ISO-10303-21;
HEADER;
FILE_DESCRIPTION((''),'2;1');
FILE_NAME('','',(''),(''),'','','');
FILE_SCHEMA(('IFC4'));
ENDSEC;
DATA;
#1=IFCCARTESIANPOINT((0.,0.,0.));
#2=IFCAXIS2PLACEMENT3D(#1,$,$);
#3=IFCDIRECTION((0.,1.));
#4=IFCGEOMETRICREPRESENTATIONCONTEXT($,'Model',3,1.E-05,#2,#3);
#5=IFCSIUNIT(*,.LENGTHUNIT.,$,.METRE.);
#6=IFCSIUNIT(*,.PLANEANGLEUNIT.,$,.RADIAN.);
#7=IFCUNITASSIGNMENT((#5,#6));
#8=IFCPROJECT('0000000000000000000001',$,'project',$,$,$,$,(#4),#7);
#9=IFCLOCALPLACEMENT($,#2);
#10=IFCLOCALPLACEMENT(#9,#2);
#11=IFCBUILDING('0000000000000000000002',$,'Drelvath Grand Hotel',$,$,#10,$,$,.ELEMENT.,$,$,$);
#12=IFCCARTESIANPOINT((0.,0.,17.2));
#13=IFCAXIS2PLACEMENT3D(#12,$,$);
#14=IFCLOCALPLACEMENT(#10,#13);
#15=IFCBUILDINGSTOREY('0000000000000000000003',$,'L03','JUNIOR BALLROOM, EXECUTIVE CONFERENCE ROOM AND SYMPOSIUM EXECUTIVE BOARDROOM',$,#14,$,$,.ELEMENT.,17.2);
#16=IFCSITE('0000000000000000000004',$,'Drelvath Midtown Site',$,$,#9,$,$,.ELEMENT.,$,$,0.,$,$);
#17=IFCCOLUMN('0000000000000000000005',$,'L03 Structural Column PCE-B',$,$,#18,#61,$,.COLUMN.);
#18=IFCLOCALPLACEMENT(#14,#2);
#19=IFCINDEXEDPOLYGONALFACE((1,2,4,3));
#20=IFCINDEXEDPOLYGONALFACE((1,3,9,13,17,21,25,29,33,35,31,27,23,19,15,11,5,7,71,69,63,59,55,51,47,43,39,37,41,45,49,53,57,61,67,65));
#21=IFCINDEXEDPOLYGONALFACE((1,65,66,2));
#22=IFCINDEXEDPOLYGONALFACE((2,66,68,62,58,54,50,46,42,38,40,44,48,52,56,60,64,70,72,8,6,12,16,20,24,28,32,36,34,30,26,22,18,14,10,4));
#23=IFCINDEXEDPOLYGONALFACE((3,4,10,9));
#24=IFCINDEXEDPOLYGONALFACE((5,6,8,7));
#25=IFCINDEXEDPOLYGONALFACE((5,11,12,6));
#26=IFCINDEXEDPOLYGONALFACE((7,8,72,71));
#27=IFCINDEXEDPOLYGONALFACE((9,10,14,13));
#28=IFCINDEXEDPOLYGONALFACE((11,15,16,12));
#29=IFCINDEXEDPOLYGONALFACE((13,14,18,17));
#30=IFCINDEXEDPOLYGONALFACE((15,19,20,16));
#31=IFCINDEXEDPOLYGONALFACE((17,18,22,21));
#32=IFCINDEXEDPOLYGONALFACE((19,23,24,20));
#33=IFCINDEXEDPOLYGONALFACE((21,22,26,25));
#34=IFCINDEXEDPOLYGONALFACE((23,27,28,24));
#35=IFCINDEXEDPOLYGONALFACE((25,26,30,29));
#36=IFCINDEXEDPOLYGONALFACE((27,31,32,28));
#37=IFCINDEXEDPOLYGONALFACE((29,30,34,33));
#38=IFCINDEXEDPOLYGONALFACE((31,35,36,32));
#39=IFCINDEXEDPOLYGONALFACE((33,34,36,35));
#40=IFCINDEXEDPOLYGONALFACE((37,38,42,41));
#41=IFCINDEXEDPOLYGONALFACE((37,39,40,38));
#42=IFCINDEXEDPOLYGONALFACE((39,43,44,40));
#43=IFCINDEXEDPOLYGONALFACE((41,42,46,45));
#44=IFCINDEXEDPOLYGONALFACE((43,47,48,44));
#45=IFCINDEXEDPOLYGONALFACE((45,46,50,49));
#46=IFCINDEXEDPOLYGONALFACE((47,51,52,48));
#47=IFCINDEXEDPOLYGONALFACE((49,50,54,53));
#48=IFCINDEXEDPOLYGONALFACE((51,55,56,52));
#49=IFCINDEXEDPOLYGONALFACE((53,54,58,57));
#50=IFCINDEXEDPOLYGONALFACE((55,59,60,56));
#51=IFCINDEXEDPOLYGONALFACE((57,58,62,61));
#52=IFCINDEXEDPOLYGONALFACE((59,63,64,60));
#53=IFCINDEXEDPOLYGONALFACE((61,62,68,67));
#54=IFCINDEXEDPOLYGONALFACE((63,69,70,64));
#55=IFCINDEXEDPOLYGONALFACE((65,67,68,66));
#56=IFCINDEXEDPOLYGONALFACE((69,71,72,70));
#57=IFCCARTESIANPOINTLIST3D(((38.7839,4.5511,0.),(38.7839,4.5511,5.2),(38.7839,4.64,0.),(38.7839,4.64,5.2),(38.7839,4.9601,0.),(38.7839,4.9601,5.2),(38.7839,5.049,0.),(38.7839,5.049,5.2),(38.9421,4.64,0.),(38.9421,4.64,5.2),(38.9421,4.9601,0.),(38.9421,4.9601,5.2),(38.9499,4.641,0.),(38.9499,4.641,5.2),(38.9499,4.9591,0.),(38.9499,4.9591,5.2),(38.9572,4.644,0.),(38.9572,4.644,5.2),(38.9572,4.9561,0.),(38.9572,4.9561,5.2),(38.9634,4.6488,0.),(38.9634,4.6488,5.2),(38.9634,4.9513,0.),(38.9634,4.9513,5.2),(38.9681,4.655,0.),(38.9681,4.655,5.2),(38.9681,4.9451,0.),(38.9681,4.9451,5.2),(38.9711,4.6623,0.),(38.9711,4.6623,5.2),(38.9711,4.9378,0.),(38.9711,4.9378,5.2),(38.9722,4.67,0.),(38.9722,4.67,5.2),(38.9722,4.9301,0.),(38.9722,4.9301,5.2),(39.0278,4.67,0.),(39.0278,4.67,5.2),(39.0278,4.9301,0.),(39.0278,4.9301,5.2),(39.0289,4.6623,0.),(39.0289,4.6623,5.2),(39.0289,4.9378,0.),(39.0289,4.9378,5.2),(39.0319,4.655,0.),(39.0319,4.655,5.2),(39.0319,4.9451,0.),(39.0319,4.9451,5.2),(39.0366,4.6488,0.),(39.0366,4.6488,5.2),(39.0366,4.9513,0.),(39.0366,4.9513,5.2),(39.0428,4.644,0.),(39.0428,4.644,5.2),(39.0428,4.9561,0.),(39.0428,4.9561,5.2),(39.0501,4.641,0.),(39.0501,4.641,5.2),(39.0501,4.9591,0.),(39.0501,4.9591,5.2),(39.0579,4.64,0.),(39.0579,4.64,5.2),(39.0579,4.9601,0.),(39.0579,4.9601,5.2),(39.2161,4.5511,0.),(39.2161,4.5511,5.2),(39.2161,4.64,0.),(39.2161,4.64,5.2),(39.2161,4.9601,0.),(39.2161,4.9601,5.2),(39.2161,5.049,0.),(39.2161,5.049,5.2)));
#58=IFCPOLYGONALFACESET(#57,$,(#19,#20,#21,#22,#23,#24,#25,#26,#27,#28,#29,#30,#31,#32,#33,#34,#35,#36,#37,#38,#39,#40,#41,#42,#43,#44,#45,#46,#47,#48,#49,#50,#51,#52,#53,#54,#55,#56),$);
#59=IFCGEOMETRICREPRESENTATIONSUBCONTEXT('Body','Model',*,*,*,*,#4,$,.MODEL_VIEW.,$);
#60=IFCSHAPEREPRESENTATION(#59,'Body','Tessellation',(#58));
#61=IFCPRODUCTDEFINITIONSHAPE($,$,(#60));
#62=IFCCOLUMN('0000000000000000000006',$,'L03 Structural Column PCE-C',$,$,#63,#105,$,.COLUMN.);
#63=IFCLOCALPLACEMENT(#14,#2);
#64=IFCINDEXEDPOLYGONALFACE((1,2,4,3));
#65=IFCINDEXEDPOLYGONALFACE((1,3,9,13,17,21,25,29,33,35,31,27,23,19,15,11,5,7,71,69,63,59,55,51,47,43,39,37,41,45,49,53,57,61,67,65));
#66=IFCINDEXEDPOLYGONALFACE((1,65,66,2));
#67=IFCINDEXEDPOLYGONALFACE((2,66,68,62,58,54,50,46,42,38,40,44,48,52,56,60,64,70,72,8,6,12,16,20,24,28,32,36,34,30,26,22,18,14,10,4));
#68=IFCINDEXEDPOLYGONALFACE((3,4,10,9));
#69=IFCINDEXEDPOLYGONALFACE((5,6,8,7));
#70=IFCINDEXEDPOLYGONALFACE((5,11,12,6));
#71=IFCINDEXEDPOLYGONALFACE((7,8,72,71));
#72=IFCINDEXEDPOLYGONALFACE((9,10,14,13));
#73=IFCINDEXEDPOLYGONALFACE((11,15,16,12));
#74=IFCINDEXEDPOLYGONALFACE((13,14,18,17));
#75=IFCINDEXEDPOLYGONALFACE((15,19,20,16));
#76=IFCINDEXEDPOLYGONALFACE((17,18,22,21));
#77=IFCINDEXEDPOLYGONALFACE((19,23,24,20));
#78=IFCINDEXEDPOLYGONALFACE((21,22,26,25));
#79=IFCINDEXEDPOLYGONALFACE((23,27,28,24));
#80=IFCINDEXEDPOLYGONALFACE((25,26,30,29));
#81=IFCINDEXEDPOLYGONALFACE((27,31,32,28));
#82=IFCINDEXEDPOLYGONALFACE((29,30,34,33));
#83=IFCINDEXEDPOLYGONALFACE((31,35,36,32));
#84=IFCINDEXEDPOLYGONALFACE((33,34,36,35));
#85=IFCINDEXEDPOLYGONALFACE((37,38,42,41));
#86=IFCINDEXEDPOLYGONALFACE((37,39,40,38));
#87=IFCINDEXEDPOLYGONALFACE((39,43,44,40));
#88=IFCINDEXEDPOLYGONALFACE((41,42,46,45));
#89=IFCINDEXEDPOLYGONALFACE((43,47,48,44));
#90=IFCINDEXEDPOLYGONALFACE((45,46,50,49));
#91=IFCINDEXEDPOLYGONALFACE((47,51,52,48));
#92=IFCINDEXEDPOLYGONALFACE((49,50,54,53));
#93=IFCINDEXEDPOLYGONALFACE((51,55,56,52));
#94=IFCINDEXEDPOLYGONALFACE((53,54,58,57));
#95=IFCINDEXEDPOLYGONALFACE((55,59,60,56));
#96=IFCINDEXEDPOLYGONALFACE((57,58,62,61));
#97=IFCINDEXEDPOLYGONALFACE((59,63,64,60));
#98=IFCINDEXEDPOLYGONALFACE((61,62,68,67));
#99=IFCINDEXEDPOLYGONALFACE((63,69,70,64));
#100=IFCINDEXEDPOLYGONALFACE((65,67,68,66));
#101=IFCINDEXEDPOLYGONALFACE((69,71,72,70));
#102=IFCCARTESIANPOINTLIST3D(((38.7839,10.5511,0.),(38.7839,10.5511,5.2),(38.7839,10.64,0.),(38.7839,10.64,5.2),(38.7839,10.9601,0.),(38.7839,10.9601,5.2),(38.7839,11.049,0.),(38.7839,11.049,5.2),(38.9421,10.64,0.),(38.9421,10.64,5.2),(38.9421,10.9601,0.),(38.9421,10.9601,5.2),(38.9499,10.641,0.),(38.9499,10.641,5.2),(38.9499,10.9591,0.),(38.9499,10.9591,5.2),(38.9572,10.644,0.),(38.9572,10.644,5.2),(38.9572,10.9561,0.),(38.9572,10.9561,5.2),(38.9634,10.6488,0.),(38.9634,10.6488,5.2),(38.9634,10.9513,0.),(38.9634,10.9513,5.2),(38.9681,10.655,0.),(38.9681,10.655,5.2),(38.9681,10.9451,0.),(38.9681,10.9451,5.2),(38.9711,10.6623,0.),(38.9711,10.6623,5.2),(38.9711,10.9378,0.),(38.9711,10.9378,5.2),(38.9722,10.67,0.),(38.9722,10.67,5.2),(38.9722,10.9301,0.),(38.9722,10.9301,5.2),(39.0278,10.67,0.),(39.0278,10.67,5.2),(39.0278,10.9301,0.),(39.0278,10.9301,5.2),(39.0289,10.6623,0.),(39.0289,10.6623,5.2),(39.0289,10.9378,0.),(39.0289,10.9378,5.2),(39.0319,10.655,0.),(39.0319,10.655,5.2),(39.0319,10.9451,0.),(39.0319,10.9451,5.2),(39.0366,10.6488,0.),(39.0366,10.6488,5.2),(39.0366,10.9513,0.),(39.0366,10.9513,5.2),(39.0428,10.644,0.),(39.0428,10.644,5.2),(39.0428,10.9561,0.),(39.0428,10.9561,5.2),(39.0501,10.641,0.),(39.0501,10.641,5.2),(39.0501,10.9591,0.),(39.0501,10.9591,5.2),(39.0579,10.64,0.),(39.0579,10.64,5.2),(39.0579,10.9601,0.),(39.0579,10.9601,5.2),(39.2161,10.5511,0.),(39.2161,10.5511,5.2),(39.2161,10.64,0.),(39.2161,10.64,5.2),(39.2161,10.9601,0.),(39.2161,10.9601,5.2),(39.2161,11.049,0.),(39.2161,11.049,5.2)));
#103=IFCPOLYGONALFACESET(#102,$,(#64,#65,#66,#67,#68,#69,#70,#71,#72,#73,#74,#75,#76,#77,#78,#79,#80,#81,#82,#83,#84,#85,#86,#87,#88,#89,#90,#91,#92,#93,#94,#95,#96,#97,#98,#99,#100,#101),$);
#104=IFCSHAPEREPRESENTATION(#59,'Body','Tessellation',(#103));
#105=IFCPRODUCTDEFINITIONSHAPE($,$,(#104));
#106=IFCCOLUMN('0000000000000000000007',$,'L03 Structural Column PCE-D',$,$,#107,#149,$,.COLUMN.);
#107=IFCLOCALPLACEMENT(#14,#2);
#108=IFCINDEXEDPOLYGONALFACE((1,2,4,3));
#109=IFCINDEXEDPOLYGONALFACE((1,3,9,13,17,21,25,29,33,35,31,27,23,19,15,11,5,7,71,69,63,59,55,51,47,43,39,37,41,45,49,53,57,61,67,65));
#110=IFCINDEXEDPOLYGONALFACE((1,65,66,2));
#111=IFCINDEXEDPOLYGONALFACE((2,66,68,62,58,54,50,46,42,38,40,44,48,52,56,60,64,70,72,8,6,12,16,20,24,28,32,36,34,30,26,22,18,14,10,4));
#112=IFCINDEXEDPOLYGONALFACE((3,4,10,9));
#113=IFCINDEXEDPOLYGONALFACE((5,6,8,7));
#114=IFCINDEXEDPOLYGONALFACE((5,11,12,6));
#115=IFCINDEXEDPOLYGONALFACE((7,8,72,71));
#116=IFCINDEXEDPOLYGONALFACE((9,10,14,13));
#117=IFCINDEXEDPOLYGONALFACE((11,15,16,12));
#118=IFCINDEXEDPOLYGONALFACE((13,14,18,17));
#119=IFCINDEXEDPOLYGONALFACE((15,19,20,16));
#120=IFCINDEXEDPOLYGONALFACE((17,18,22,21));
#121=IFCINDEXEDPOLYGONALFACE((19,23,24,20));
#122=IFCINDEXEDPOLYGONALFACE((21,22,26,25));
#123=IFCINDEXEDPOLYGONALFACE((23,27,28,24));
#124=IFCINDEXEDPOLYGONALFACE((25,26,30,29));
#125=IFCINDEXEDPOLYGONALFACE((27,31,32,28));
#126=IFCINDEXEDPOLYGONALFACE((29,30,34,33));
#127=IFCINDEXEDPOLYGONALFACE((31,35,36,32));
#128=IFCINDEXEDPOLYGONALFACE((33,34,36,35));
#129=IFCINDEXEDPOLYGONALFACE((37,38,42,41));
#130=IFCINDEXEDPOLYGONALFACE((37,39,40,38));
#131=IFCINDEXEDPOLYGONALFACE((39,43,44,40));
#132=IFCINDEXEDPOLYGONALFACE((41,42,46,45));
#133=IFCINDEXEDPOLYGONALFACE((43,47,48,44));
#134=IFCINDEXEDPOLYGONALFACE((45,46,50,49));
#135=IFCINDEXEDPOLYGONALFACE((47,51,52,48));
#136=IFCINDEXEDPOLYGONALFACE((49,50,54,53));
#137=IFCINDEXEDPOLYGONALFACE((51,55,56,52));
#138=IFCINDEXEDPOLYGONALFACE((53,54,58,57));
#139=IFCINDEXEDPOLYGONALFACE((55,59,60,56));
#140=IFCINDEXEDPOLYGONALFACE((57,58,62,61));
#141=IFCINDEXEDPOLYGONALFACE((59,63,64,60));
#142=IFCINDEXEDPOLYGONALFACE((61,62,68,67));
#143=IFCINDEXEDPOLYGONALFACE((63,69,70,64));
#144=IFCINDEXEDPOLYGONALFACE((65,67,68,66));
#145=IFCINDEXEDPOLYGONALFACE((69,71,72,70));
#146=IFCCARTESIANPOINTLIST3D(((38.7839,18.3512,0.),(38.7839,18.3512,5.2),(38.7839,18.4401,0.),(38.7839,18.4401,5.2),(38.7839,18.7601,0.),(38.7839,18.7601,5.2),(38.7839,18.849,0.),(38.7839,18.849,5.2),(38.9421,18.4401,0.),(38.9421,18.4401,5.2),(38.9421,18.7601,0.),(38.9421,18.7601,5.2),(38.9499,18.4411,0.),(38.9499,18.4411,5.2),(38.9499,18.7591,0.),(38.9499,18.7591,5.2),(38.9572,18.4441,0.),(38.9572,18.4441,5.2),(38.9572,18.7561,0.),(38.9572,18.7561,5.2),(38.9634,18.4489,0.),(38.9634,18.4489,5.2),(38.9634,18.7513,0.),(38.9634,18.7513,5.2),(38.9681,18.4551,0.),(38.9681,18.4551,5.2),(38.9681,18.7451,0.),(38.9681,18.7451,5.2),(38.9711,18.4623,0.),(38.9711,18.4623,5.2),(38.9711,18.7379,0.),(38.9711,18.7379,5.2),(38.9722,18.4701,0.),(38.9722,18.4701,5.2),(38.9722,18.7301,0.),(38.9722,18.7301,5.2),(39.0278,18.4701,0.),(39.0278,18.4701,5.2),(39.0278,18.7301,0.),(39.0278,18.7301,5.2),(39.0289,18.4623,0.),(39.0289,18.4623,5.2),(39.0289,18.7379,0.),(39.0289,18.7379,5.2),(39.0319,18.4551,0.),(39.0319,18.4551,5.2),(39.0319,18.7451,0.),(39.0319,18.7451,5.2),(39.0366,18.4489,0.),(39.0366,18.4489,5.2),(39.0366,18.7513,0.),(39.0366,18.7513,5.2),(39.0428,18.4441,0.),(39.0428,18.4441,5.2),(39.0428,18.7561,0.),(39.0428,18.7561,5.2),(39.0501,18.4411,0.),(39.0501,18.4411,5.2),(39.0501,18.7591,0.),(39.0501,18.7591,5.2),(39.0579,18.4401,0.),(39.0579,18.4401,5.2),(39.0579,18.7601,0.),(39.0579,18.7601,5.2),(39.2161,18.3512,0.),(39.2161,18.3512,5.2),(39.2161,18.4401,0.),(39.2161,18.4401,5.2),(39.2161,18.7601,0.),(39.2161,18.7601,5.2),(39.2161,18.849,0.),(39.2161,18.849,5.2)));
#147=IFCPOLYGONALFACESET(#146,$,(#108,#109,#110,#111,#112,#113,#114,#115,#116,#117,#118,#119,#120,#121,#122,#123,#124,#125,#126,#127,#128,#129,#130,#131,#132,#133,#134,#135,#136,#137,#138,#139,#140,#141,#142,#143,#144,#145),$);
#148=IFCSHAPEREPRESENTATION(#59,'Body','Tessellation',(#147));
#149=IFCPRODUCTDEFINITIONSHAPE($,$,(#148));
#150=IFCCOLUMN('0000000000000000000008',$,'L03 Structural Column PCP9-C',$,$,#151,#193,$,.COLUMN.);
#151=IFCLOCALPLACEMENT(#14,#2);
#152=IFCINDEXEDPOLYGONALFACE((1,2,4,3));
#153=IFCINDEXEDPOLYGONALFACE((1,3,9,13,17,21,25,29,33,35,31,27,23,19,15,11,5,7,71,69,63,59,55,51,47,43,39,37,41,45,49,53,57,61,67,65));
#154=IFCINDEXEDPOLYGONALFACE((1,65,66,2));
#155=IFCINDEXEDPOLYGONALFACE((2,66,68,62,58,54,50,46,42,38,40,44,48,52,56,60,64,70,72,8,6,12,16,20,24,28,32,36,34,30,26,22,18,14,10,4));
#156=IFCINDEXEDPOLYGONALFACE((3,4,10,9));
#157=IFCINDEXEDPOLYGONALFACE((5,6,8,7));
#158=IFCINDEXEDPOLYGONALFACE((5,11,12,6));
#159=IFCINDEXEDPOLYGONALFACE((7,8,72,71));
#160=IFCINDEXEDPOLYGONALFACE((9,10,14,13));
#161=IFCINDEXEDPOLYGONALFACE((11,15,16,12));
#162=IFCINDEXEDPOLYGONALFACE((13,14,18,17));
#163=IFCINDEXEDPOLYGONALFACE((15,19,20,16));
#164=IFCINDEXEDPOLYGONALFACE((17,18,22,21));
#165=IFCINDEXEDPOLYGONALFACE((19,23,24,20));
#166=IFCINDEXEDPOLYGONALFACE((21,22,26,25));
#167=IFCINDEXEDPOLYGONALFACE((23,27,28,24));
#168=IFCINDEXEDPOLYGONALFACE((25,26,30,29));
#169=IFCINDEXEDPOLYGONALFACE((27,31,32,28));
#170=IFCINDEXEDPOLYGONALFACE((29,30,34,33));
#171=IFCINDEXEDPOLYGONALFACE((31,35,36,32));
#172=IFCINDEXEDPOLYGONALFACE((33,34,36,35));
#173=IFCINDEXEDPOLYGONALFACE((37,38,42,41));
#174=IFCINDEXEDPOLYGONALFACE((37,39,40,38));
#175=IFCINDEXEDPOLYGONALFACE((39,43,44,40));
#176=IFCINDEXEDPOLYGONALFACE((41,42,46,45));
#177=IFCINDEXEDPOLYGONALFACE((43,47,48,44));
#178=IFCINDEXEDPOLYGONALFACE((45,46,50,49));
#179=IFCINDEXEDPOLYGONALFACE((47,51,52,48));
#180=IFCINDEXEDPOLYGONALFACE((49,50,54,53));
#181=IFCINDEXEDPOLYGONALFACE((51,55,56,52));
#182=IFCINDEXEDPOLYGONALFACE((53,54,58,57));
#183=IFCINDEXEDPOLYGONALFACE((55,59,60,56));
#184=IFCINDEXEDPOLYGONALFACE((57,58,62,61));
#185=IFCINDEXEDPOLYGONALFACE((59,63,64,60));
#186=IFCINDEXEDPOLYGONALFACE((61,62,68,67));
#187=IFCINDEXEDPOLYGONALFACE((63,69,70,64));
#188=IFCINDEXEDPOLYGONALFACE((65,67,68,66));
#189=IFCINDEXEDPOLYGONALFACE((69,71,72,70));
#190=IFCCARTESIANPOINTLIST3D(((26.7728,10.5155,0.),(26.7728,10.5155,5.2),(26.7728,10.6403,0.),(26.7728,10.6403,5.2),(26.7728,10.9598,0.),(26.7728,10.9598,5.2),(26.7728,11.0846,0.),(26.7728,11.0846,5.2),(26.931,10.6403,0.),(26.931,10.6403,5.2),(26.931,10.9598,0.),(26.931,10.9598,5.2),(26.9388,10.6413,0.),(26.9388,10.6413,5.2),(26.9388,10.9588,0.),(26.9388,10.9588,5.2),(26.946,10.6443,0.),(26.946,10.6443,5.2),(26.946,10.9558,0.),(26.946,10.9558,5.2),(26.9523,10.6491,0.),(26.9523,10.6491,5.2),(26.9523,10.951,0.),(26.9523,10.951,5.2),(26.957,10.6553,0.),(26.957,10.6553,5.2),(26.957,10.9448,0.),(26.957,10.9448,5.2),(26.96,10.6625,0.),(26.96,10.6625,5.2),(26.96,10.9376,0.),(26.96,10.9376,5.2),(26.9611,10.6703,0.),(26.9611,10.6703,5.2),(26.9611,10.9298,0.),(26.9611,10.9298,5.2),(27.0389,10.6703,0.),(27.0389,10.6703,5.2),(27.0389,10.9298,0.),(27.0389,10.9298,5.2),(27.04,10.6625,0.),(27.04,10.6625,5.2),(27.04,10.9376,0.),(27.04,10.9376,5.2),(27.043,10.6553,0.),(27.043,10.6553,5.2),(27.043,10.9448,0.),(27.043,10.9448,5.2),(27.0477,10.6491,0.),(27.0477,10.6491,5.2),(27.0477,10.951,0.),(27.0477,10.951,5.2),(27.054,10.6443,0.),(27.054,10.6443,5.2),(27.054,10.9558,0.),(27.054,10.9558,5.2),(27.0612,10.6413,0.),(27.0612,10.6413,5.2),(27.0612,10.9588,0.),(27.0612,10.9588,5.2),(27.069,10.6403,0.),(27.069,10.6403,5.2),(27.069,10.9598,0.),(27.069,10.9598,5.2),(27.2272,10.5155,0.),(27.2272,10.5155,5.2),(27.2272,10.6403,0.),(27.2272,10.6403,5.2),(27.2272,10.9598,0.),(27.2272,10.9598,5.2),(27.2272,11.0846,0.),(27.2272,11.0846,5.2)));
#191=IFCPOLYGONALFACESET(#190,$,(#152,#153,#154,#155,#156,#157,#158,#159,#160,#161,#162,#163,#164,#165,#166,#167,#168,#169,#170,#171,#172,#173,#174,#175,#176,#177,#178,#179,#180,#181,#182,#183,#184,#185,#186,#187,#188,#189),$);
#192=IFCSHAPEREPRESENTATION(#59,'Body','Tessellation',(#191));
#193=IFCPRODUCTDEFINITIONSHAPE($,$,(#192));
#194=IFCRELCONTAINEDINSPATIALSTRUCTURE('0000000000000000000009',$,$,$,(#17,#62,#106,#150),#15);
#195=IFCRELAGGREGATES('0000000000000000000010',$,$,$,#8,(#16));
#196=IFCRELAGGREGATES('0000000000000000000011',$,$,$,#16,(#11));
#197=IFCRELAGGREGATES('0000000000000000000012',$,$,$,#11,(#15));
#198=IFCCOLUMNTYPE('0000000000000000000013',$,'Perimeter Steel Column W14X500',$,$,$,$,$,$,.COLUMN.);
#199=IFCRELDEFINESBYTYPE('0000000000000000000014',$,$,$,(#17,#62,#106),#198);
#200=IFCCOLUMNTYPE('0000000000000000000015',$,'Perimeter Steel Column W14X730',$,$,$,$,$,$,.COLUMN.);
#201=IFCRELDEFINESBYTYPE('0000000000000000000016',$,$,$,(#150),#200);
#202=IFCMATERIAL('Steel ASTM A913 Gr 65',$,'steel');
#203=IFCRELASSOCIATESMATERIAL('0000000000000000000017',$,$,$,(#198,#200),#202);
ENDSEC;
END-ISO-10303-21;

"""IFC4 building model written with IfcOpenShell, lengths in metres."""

from ifc_helpers import new_model, si_unit, direction, frame, origin, origin_2d, place, context, subcontext, project, spatial, i_section, extrude, material, material_profile, profile_set, type_object, element, save


model = new_model("IFC4")

# Units and contexts
model_context = context("Model", 3, precision=1e-05, world=origin(), true_north=direction((0.0, 1.0)))
body_context = subcontext(model_context, "Body", "Model", "MODEL_VIEW")
ifc_project = project(units=[si_unit("LENGTHUNIT", "METRE"), si_unit("PLANEANGLEUNIT", "RADIAN")], contexts=[model_context])

# Site, building, storey
site_placement = place(None, origin())
site = spatial("IfcSite", under=ifc_project, at=site_placement, Name="Drelvath Midtown Site", CompositionType="ELEMENT", RefElevation=0.0)
building_placement = place(site_placement, origin())
building = spatial("IfcBuilding", under=site, at=building_placement, Name="Drelvath Grand Hotel", CompositionType="ELEMENT")
storey_placement = place(building_placement, frame((0.0, 0.0, 17.2)))
storey = spatial("IfcBuildingStorey", under=building, at=storey_placement, Name="L03", Description="JUNIOR BALLROOM, EXECUTIVE CONFERENCE ROOM AND SYMPOSIUM EXECUTIVE BOARDROOM", CompositionType="ELEMENT", Elevation=17.2)

# Columns
ifc_material_1 = material(Name="Steel ASTM A913 Gr 65", Category="steel")
ifc_material_profile_1 = material_profile(ifc_material_1, i_section(OverallWidth=0.4321, OverallDepth=0.4978, WebThickness=0.0557, FlangeThickness=0.0889, FilletRadius=0.03, at=origin_2d()), Name="W14X500")
ifc_profile_set_1 = profile_set([ifc_material_profile_1], Name="Steel ASTM A913 Gr 65")
column_type_1 = type_object("IfcColumnType", Name="Perimeter Steel Column W14X500", PredefinedType="COLUMN", material=ifc_profile_set_1)
for number, where, z_axis, x_axis, name in (
    (1, (39.0, 4.8, 0.0), (0.0, 0.0, 1.0), (1.0, 0.0, 0.0), "L03 Structural Column PCE-B"),
    (2, (39.0, 10.8, 0.0), (0.0, 0.0, 1.0), (1.0, 0.0, 0.0), "L03 Structural Column PCE-C"),
    (3, (39.0, 18.6001, 0.0), (0.0, 0.0, 1.0), (1.0, 0.0, 0.0), "L03 Structural Column PCE-D"),
):
    element("IfcColumn", number, at=place(storey_placement, frame(where, z_axis=z_axis, x_axis=x_axis)), inside=storey, type_object=column_type_1, Name=name, PredefinedType="COLUMN", context=body_context, shape_type="SweptSolid", body=[
        extrude(i_section(OverallWidth=0.4321, OverallDepth=0.4978, WebThickness=0.0557, FlangeThickness=0.0889, FilletRadius=0.03, at=origin_2d()), origin(), (0.0, 0.0, 1.0), 5.2),
    ])
ifc_material_profile_2 = material_profile(ifc_material_1, i_section(OverallWidth=0.4543, OverallDepth=0.5691, WebThickness=0.0779, FlangeThickness=0.1248, FilletRadius=0.03, at=origin_2d()), Name="W14X730")
ifc_profile_set_2 = profile_set([ifc_material_profile_2], Name="Steel ASTM A913 Gr 65")
column_type_2 = type_object("IfcColumnType", Name="Perimeter Steel Column W14X730", PredefinedType="COLUMN", material=ifc_profile_set_2)
for number, where, z_axis, x_axis, name in (
    (4, (27.0, 10.8, 0.0), (0.0, 0.0, 1.0), (1.0, 0.0, 0.0), "L03 Structural Column PCP9-C"),
):
    element("IfcColumn", number, at=place(storey_placement, frame(where, z_axis=z_axis, x_axis=x_axis)), inside=storey, type_object=column_type_2, Name=name, PredefinedType="COLUMN", context=body_context, shape_type="SweptSolid", body=[
        extrude(i_section(OverallWidth=0.4543, OverallDepth=0.5691, WebThickness=0.0779, FlangeThickness=0.1248, FilletRadius=0.03, at=origin_2d()), origin(), (0.0, 0.0, 1.0), 5.2),
    ])

save(model, "model.ifc")
